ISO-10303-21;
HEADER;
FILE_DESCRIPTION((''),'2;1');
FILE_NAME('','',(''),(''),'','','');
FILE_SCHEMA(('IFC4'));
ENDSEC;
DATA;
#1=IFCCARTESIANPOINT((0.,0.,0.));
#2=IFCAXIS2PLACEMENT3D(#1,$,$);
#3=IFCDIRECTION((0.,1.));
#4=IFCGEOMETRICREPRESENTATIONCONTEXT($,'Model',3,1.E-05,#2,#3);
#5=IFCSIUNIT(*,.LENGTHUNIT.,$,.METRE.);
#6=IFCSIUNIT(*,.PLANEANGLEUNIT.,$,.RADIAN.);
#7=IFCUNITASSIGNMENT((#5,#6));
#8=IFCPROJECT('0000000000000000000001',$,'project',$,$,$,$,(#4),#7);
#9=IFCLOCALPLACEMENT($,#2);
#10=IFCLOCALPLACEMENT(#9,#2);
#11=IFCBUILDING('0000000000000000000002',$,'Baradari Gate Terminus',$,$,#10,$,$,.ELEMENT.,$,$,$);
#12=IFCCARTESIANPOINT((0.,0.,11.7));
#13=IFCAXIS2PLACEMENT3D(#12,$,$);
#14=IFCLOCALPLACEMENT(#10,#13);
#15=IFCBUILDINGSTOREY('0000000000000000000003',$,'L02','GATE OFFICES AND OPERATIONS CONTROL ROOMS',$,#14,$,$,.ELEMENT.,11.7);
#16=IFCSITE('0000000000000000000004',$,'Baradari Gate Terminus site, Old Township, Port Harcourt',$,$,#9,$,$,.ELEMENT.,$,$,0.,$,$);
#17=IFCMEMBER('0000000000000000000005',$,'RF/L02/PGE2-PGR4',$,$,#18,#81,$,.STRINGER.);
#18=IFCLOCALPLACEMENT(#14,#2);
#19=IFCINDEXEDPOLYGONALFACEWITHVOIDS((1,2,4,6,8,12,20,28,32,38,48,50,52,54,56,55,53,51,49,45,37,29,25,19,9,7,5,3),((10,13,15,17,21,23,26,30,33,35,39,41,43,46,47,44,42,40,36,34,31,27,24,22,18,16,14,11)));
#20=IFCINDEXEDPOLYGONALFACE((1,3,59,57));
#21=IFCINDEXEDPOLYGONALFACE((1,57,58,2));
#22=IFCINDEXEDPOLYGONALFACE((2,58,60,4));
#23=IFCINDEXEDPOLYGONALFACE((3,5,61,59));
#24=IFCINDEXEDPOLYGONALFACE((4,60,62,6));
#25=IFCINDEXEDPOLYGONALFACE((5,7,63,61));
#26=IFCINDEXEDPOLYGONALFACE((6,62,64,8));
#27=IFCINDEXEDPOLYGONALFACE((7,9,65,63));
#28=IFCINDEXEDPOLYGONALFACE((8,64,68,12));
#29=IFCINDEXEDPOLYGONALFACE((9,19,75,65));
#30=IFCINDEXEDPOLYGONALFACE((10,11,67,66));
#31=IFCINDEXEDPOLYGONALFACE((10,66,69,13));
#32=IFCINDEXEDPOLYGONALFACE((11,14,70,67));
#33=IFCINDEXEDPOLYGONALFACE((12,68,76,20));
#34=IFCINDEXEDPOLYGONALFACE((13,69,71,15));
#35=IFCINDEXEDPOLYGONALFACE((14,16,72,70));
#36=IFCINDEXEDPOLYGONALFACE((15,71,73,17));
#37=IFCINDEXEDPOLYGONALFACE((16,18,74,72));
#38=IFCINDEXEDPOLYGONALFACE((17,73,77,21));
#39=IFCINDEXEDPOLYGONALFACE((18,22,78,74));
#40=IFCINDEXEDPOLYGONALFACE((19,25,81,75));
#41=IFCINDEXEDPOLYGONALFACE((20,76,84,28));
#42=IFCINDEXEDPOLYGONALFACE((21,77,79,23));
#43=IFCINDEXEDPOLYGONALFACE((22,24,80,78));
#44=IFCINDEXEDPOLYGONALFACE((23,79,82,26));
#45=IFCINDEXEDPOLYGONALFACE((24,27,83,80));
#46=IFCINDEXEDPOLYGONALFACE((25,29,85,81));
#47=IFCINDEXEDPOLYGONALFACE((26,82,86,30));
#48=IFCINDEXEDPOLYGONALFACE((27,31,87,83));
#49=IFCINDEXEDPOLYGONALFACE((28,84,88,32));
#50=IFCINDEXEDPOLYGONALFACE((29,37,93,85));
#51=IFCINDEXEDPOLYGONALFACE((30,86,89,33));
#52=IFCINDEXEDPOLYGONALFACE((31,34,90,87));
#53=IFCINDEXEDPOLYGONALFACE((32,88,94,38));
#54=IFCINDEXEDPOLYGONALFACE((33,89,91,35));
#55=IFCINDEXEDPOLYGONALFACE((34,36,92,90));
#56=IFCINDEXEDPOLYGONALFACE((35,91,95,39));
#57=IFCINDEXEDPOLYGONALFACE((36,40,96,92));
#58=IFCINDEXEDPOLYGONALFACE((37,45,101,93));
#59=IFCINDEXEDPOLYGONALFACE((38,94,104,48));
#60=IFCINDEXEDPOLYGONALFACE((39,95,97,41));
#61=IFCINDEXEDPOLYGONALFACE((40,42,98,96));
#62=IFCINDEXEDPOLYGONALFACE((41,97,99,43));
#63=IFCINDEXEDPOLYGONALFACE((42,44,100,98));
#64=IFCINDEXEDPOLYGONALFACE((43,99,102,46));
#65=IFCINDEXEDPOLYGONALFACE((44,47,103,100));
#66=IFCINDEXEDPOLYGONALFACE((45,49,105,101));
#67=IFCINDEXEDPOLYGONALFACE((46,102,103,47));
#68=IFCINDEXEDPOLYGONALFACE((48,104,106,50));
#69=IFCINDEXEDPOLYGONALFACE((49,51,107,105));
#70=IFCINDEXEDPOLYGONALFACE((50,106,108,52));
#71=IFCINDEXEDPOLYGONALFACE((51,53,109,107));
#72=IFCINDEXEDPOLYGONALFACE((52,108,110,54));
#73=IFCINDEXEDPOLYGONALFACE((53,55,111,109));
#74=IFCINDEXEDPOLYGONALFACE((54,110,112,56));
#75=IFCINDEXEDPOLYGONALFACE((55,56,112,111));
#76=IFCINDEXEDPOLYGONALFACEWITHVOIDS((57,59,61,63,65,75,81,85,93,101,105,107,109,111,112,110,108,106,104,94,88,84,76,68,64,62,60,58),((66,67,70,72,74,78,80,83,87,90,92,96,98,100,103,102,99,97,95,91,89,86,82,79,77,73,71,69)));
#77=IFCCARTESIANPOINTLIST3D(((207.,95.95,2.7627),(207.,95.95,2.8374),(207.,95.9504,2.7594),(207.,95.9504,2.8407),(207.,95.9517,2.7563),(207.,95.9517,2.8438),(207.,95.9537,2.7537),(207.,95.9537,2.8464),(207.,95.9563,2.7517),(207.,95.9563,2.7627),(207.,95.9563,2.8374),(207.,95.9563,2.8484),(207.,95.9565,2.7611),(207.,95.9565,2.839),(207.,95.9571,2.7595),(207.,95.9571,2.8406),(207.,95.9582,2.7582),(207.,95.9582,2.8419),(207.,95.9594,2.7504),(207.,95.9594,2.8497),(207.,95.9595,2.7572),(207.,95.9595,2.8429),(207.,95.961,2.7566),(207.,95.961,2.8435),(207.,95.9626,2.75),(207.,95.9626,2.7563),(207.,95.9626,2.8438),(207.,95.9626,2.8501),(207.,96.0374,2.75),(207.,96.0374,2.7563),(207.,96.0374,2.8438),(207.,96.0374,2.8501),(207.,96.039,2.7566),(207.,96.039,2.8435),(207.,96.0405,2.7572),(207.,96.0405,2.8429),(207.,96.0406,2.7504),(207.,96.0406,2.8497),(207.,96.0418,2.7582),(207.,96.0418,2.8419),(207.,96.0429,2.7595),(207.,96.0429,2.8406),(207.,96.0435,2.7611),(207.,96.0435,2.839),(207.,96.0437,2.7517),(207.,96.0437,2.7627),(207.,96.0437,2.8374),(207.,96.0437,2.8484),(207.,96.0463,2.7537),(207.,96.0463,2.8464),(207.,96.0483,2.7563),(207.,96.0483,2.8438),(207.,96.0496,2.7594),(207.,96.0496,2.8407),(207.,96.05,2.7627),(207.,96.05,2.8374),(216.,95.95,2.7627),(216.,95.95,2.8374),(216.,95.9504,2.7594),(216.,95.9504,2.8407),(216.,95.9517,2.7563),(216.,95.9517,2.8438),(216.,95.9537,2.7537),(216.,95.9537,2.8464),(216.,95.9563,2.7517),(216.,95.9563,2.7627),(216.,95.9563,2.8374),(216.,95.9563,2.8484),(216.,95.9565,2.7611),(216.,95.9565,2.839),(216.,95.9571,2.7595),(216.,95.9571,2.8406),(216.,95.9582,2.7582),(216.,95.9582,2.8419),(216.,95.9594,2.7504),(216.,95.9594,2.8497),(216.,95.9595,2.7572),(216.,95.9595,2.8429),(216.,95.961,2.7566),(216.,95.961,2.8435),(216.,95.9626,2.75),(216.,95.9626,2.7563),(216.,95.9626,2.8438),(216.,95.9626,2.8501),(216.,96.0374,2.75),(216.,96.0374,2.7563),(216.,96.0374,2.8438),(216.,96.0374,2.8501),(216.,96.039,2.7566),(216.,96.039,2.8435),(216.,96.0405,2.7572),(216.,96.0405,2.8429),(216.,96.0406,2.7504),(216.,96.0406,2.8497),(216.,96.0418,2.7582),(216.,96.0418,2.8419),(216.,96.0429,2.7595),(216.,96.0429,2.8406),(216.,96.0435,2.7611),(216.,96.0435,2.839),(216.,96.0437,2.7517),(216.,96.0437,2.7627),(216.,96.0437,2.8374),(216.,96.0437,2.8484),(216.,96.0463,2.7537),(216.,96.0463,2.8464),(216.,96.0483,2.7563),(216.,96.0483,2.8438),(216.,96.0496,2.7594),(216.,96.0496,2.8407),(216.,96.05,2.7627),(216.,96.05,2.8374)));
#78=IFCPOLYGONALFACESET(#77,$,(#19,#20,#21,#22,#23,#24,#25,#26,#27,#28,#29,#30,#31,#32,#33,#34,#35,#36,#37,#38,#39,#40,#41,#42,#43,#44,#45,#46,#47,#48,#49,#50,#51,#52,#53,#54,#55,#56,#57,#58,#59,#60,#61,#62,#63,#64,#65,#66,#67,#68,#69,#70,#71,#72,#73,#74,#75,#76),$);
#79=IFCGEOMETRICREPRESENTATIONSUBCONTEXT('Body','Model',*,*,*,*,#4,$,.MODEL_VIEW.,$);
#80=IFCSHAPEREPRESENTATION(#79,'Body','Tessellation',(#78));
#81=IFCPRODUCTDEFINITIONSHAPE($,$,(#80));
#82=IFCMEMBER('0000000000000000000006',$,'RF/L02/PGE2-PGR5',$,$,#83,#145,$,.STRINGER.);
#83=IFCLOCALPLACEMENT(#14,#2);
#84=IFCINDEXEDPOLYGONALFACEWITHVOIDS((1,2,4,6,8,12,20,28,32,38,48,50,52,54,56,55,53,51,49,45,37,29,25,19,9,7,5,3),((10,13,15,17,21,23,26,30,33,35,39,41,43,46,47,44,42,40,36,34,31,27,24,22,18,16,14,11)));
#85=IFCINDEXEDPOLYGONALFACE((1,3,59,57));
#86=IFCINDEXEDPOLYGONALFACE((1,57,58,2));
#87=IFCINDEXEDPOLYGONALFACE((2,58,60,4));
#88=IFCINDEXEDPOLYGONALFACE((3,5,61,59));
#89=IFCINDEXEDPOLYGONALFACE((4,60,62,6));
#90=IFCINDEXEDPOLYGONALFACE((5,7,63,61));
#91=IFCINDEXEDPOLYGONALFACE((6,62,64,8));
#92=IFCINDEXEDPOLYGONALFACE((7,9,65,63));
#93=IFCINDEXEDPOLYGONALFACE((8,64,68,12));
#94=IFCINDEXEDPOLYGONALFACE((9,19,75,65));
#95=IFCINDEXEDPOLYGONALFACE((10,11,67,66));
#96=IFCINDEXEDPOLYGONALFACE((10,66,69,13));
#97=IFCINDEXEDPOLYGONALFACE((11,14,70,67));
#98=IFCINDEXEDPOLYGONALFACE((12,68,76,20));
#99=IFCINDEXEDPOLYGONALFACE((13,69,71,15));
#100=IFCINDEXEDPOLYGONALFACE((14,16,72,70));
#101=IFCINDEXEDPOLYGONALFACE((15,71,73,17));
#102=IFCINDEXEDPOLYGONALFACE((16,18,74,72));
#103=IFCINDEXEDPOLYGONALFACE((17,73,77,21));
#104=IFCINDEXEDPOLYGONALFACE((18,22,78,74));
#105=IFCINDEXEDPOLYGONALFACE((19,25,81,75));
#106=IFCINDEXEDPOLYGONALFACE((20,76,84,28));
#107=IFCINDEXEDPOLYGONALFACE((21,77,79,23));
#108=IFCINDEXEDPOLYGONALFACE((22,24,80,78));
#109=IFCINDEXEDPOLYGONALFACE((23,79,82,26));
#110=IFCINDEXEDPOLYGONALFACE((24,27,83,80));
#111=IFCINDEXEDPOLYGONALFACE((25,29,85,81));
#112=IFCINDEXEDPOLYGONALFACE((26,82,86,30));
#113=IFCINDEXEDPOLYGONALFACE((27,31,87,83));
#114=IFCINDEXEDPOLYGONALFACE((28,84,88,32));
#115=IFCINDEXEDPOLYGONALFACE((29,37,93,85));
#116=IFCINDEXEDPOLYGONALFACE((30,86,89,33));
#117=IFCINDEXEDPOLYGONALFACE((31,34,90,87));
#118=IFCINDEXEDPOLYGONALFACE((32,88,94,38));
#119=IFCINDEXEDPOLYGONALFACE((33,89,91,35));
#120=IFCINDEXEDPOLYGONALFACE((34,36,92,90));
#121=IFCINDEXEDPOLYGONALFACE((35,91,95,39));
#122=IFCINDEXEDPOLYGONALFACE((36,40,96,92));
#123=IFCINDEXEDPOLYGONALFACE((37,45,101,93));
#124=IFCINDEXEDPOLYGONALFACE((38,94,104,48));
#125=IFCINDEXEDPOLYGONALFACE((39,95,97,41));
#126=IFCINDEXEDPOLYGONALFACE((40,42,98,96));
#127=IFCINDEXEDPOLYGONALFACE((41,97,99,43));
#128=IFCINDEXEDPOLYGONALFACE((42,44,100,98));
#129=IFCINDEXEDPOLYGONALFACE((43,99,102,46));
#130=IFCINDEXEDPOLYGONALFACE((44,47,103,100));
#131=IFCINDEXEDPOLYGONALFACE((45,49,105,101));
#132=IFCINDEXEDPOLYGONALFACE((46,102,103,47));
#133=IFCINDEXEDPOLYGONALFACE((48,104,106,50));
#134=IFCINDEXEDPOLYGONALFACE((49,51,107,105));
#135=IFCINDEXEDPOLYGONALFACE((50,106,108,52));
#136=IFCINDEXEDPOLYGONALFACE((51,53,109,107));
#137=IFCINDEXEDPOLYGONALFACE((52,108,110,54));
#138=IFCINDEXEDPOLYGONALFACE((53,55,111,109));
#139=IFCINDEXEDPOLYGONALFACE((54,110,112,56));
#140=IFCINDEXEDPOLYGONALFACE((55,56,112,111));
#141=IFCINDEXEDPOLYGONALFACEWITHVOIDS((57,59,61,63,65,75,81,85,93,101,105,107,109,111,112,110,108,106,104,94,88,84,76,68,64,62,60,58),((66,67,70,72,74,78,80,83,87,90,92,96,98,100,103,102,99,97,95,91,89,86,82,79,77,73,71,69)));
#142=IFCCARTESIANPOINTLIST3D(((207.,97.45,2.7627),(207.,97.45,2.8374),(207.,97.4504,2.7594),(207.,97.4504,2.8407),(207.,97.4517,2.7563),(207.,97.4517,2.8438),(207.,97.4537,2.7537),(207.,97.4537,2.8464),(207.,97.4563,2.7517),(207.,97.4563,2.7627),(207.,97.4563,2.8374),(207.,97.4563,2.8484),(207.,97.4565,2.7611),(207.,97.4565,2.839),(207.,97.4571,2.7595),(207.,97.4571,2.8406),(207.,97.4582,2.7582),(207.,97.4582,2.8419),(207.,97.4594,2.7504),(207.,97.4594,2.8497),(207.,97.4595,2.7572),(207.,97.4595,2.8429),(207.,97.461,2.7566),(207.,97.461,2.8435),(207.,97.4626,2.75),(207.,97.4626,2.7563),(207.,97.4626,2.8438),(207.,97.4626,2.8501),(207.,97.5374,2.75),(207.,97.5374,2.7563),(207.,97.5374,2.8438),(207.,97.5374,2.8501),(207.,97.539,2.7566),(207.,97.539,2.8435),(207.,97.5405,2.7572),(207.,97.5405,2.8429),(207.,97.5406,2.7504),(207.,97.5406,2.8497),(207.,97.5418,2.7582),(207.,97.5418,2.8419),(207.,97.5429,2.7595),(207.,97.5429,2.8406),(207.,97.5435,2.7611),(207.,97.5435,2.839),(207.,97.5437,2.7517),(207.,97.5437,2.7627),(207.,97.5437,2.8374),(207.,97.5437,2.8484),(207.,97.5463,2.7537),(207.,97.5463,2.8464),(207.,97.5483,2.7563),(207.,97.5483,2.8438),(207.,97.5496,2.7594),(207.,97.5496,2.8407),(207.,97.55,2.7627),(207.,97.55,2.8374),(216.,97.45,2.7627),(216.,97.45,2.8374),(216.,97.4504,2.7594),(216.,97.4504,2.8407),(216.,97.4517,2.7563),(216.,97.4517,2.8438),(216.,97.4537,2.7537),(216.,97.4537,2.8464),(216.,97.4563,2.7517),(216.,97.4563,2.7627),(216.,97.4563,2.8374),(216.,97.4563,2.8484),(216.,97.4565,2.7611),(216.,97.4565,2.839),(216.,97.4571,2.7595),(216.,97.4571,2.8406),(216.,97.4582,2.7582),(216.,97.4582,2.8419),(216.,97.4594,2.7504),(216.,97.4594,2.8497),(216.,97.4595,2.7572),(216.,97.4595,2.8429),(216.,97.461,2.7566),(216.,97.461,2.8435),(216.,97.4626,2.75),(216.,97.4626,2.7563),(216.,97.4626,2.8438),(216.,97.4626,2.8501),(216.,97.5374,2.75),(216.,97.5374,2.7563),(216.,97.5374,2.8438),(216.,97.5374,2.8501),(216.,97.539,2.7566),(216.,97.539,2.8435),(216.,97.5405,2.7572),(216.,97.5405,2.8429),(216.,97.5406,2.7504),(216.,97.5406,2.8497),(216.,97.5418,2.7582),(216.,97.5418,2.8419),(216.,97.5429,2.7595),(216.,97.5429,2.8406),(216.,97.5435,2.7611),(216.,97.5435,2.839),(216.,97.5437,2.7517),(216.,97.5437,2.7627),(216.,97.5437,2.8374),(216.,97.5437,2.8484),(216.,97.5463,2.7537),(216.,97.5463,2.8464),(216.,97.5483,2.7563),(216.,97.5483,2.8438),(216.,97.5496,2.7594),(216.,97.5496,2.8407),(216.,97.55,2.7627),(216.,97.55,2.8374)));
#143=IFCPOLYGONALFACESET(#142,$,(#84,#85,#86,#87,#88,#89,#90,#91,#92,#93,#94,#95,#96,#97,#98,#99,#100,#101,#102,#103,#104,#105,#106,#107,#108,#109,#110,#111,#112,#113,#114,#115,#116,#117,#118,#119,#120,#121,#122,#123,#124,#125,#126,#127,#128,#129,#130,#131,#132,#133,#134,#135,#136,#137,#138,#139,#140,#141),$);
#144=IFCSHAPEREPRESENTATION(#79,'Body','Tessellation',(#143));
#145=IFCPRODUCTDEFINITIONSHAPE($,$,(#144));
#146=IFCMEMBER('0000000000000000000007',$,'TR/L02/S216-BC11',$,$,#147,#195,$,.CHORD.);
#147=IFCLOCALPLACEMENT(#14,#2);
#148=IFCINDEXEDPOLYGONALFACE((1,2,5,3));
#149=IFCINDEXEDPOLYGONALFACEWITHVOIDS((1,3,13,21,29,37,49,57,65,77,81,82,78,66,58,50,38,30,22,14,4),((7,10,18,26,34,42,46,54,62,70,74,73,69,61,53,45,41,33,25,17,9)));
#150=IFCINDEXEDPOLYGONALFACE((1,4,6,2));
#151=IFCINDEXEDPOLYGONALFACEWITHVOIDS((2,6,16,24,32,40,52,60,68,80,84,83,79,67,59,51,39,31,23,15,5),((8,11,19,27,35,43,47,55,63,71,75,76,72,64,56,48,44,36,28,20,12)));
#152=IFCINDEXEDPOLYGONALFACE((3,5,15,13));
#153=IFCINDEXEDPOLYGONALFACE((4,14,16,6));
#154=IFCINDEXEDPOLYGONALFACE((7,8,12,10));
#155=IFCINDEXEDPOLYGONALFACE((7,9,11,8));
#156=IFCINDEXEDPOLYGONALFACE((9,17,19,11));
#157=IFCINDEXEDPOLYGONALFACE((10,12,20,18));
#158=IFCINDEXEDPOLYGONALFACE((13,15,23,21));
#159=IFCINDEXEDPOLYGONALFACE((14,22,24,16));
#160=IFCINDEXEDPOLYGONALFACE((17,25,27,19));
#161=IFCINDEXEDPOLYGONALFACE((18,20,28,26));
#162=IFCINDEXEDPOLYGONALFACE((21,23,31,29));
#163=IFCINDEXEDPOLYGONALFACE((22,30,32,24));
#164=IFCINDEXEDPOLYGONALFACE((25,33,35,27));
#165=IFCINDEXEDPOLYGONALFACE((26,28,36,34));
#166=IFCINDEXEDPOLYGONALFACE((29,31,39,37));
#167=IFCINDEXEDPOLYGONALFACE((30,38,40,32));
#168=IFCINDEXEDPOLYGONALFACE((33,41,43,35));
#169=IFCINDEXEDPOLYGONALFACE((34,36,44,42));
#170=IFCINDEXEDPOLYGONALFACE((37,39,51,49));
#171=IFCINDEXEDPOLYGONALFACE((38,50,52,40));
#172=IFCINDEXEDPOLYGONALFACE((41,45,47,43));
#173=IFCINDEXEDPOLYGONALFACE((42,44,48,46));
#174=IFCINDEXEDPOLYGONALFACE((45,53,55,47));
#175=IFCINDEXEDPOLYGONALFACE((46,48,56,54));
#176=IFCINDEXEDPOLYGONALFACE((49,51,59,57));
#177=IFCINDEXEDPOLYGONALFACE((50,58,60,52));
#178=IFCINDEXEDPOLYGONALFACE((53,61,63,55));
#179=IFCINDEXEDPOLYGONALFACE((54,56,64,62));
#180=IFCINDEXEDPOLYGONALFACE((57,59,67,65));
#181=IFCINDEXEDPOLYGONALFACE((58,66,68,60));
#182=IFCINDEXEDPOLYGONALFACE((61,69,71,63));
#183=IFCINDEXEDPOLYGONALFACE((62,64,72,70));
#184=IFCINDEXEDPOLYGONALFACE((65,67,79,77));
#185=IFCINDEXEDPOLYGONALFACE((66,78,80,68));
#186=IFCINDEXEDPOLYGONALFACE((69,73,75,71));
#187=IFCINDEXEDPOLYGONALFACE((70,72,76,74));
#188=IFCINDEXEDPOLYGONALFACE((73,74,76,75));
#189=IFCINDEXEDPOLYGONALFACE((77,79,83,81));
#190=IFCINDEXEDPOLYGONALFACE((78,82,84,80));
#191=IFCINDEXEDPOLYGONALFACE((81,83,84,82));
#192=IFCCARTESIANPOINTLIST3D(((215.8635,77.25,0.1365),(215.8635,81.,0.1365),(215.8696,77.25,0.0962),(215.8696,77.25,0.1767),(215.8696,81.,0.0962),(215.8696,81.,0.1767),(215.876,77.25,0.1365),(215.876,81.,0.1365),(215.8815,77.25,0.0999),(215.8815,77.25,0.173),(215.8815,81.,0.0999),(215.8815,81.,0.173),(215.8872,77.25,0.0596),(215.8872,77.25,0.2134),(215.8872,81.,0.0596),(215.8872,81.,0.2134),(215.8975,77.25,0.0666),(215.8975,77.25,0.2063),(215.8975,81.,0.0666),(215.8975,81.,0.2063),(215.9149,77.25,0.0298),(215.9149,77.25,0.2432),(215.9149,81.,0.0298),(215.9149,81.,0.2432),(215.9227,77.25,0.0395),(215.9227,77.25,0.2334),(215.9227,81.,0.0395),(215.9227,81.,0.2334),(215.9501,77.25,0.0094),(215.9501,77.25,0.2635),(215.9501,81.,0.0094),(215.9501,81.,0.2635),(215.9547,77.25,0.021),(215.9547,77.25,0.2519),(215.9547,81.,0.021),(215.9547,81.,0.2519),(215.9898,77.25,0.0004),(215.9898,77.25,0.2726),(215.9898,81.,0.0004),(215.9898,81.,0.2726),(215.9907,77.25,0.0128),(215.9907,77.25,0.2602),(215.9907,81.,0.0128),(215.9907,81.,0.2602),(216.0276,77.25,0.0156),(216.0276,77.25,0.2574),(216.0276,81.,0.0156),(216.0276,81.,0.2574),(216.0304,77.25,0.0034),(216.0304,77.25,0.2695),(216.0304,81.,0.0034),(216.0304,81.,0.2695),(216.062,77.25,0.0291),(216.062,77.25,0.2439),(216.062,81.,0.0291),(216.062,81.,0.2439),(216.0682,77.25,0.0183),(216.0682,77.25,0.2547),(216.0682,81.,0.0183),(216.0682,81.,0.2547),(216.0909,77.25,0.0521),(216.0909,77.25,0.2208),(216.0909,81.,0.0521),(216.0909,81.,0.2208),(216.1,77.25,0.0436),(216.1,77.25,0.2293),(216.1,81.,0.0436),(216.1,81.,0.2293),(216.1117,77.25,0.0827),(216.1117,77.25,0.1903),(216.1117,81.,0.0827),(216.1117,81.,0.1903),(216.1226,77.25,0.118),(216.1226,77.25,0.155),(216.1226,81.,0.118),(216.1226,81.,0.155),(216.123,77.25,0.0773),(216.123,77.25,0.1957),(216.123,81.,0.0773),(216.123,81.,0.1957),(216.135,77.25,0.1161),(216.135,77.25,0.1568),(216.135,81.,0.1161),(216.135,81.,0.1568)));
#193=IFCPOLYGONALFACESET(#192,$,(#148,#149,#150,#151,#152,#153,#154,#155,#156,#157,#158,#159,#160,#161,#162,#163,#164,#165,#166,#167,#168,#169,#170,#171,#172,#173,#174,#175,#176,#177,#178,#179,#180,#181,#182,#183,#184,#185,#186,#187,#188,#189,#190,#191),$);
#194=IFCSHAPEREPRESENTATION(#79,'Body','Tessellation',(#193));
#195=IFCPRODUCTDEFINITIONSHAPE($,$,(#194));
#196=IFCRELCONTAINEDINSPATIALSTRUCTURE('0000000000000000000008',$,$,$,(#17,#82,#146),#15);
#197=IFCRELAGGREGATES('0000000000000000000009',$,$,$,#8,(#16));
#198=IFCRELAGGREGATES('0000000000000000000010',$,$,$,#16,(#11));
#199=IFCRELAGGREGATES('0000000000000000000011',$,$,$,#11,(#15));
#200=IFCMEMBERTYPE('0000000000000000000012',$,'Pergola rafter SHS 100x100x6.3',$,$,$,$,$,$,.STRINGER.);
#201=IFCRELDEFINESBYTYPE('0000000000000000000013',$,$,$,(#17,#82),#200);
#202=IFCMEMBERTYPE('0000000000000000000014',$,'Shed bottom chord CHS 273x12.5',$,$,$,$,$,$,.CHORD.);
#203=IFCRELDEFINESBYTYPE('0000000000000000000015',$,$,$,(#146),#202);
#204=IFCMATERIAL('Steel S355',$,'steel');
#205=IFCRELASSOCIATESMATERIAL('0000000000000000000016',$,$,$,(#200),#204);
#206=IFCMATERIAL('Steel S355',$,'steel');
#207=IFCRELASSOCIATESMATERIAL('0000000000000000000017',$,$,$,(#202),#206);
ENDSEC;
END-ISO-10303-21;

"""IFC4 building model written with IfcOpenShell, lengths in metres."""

from ifc_helpers import new_model, si_unit, direction, frame, origin, origin_2d, place, context, subcontext, project, spatial, hollow_rectangle, hollow_circle, extrude, material, material_profile, profile_set, type_object, element, save


model = new_model("IFC4")

# Units and contexts
model_context = context("Model", 3, precision=1e-05, world=origin(), true_north=direction((0.0, 1.0)))
body_context = subcontext(model_context, "Body", "Model", "MODEL_VIEW")
ifc_project = project(units=[si_unit("LENGTHUNIT", "METRE"), si_unit("PLANEANGLEUNIT", "RADIAN")], contexts=[model_context])

# Site, building, storey
site_placement = place(None, origin())
site = spatial("IfcSite", under=ifc_project, at=site_placement, Name="Baradari Gate Terminus site, Old Township, Port Harcourt", CompositionType="ELEMENT", RefElevation=0.0)
building_placement = place(site_placement, origin())
building = spatial("IfcBuilding", under=site, at=building_placement, Name="Baradari Gate Terminus", CompositionType="ELEMENT")
storey_placement = place(building_placement, frame((0.0, 0.0, 11.7)))
storey = spatial("IfcBuildingStorey", under=building, at=storey_placement, Name="L02", Description="GATE OFFICES AND OPERATIONS CONTROL ROOMS", CompositionType="ELEMENT", Elevation=11.7)

# Members
ifc_material_1 = material(Name="Steel S355", Category="steel")
ifc_material_profile_1 = material_profile(ifc_material_1, hollow_rectangle(XDim=0.1001, YDim=0.1001, WallThickness=0.0063, InnerFilletRadius=0.0063, OuterFilletRadius=0.0127, at=origin_2d()), Name="SHS 100x100x6.3")
ifc_profile_set_1 = profile_set([ifc_material_profile_1], Name="Steel S355")
member_type_1 = type_object("IfcMemberType", Name="Pergola rafter SHS 100x100x6.3", PredefinedType="STRINGER", material=ifc_profile_set_1)
for number, where, z_axis, x_axis, name in (
    (1, (207.0, 96.0, 2.8), (1.0, 0.0, 0.0), (0.0, 1.0, 0.0), "RF/L02/PGE2-PGR4"),
    (2, (207.0, 97.5, 2.8), (1.0, 0.0, 0.0), (0.0, 1.0, 0.0), "RF/L02/PGE2-PGR5"),
):
    element("IfcMember", number, at=place(storey_placement, frame(where, z_axis=z_axis, x_axis=x_axis)), inside=storey, type_object=member_type_1, Name=name, PredefinedType="STRINGER", context=body_context, shape_type="SweptSolid", body=[
        extrude(hollow_rectangle(XDim=0.1001, YDim=0.1001, WallThickness=0.0063, InnerFilletRadius=0.0063, OuterFilletRadius=0.0127, at=origin_2d()), origin(), (0.0, 0.0, 1.0), 9.0),
    ])
ifc_material_2 = material(Name="Steel S355", Category="steel")
ifc_material_profile_2 = material_profile(ifc_material_2, hollow_circle(Radius=0.1365, WallThickness=0.0125, at=origin_2d()), Name="CHS 273x12.5")
ifc_profile_set_2 = profile_set([ifc_material_profile_2], Name="Steel S355")
member_type_2 = type_object("IfcMemberType", Name="Shed bottom chord CHS 273x12.5", PredefinedType="CHORD", material=ifc_profile_set_2)
member_1_placement = place(storey_placement, frame((216.0, 77.25, 0.1365), z_axis=(0.0, 1.0, 0.0), x_axis=(-1.0, 0.0, 0.0)))
element("IfcMember", 3, at=member_1_placement, inside=storey, type_object=member_type_2, Name="TR/L02/S216-BC11", PredefinedType="CHORD", context=body_context, shape_type="SweptSolid", body=[
    extrude(hollow_circle(Radius=0.1365, WallThickness=0.0125, at=origin_2d()), origin(), (0.0, 0.0, 1.0), 3.75),
])

save(model, "model.ifc")
